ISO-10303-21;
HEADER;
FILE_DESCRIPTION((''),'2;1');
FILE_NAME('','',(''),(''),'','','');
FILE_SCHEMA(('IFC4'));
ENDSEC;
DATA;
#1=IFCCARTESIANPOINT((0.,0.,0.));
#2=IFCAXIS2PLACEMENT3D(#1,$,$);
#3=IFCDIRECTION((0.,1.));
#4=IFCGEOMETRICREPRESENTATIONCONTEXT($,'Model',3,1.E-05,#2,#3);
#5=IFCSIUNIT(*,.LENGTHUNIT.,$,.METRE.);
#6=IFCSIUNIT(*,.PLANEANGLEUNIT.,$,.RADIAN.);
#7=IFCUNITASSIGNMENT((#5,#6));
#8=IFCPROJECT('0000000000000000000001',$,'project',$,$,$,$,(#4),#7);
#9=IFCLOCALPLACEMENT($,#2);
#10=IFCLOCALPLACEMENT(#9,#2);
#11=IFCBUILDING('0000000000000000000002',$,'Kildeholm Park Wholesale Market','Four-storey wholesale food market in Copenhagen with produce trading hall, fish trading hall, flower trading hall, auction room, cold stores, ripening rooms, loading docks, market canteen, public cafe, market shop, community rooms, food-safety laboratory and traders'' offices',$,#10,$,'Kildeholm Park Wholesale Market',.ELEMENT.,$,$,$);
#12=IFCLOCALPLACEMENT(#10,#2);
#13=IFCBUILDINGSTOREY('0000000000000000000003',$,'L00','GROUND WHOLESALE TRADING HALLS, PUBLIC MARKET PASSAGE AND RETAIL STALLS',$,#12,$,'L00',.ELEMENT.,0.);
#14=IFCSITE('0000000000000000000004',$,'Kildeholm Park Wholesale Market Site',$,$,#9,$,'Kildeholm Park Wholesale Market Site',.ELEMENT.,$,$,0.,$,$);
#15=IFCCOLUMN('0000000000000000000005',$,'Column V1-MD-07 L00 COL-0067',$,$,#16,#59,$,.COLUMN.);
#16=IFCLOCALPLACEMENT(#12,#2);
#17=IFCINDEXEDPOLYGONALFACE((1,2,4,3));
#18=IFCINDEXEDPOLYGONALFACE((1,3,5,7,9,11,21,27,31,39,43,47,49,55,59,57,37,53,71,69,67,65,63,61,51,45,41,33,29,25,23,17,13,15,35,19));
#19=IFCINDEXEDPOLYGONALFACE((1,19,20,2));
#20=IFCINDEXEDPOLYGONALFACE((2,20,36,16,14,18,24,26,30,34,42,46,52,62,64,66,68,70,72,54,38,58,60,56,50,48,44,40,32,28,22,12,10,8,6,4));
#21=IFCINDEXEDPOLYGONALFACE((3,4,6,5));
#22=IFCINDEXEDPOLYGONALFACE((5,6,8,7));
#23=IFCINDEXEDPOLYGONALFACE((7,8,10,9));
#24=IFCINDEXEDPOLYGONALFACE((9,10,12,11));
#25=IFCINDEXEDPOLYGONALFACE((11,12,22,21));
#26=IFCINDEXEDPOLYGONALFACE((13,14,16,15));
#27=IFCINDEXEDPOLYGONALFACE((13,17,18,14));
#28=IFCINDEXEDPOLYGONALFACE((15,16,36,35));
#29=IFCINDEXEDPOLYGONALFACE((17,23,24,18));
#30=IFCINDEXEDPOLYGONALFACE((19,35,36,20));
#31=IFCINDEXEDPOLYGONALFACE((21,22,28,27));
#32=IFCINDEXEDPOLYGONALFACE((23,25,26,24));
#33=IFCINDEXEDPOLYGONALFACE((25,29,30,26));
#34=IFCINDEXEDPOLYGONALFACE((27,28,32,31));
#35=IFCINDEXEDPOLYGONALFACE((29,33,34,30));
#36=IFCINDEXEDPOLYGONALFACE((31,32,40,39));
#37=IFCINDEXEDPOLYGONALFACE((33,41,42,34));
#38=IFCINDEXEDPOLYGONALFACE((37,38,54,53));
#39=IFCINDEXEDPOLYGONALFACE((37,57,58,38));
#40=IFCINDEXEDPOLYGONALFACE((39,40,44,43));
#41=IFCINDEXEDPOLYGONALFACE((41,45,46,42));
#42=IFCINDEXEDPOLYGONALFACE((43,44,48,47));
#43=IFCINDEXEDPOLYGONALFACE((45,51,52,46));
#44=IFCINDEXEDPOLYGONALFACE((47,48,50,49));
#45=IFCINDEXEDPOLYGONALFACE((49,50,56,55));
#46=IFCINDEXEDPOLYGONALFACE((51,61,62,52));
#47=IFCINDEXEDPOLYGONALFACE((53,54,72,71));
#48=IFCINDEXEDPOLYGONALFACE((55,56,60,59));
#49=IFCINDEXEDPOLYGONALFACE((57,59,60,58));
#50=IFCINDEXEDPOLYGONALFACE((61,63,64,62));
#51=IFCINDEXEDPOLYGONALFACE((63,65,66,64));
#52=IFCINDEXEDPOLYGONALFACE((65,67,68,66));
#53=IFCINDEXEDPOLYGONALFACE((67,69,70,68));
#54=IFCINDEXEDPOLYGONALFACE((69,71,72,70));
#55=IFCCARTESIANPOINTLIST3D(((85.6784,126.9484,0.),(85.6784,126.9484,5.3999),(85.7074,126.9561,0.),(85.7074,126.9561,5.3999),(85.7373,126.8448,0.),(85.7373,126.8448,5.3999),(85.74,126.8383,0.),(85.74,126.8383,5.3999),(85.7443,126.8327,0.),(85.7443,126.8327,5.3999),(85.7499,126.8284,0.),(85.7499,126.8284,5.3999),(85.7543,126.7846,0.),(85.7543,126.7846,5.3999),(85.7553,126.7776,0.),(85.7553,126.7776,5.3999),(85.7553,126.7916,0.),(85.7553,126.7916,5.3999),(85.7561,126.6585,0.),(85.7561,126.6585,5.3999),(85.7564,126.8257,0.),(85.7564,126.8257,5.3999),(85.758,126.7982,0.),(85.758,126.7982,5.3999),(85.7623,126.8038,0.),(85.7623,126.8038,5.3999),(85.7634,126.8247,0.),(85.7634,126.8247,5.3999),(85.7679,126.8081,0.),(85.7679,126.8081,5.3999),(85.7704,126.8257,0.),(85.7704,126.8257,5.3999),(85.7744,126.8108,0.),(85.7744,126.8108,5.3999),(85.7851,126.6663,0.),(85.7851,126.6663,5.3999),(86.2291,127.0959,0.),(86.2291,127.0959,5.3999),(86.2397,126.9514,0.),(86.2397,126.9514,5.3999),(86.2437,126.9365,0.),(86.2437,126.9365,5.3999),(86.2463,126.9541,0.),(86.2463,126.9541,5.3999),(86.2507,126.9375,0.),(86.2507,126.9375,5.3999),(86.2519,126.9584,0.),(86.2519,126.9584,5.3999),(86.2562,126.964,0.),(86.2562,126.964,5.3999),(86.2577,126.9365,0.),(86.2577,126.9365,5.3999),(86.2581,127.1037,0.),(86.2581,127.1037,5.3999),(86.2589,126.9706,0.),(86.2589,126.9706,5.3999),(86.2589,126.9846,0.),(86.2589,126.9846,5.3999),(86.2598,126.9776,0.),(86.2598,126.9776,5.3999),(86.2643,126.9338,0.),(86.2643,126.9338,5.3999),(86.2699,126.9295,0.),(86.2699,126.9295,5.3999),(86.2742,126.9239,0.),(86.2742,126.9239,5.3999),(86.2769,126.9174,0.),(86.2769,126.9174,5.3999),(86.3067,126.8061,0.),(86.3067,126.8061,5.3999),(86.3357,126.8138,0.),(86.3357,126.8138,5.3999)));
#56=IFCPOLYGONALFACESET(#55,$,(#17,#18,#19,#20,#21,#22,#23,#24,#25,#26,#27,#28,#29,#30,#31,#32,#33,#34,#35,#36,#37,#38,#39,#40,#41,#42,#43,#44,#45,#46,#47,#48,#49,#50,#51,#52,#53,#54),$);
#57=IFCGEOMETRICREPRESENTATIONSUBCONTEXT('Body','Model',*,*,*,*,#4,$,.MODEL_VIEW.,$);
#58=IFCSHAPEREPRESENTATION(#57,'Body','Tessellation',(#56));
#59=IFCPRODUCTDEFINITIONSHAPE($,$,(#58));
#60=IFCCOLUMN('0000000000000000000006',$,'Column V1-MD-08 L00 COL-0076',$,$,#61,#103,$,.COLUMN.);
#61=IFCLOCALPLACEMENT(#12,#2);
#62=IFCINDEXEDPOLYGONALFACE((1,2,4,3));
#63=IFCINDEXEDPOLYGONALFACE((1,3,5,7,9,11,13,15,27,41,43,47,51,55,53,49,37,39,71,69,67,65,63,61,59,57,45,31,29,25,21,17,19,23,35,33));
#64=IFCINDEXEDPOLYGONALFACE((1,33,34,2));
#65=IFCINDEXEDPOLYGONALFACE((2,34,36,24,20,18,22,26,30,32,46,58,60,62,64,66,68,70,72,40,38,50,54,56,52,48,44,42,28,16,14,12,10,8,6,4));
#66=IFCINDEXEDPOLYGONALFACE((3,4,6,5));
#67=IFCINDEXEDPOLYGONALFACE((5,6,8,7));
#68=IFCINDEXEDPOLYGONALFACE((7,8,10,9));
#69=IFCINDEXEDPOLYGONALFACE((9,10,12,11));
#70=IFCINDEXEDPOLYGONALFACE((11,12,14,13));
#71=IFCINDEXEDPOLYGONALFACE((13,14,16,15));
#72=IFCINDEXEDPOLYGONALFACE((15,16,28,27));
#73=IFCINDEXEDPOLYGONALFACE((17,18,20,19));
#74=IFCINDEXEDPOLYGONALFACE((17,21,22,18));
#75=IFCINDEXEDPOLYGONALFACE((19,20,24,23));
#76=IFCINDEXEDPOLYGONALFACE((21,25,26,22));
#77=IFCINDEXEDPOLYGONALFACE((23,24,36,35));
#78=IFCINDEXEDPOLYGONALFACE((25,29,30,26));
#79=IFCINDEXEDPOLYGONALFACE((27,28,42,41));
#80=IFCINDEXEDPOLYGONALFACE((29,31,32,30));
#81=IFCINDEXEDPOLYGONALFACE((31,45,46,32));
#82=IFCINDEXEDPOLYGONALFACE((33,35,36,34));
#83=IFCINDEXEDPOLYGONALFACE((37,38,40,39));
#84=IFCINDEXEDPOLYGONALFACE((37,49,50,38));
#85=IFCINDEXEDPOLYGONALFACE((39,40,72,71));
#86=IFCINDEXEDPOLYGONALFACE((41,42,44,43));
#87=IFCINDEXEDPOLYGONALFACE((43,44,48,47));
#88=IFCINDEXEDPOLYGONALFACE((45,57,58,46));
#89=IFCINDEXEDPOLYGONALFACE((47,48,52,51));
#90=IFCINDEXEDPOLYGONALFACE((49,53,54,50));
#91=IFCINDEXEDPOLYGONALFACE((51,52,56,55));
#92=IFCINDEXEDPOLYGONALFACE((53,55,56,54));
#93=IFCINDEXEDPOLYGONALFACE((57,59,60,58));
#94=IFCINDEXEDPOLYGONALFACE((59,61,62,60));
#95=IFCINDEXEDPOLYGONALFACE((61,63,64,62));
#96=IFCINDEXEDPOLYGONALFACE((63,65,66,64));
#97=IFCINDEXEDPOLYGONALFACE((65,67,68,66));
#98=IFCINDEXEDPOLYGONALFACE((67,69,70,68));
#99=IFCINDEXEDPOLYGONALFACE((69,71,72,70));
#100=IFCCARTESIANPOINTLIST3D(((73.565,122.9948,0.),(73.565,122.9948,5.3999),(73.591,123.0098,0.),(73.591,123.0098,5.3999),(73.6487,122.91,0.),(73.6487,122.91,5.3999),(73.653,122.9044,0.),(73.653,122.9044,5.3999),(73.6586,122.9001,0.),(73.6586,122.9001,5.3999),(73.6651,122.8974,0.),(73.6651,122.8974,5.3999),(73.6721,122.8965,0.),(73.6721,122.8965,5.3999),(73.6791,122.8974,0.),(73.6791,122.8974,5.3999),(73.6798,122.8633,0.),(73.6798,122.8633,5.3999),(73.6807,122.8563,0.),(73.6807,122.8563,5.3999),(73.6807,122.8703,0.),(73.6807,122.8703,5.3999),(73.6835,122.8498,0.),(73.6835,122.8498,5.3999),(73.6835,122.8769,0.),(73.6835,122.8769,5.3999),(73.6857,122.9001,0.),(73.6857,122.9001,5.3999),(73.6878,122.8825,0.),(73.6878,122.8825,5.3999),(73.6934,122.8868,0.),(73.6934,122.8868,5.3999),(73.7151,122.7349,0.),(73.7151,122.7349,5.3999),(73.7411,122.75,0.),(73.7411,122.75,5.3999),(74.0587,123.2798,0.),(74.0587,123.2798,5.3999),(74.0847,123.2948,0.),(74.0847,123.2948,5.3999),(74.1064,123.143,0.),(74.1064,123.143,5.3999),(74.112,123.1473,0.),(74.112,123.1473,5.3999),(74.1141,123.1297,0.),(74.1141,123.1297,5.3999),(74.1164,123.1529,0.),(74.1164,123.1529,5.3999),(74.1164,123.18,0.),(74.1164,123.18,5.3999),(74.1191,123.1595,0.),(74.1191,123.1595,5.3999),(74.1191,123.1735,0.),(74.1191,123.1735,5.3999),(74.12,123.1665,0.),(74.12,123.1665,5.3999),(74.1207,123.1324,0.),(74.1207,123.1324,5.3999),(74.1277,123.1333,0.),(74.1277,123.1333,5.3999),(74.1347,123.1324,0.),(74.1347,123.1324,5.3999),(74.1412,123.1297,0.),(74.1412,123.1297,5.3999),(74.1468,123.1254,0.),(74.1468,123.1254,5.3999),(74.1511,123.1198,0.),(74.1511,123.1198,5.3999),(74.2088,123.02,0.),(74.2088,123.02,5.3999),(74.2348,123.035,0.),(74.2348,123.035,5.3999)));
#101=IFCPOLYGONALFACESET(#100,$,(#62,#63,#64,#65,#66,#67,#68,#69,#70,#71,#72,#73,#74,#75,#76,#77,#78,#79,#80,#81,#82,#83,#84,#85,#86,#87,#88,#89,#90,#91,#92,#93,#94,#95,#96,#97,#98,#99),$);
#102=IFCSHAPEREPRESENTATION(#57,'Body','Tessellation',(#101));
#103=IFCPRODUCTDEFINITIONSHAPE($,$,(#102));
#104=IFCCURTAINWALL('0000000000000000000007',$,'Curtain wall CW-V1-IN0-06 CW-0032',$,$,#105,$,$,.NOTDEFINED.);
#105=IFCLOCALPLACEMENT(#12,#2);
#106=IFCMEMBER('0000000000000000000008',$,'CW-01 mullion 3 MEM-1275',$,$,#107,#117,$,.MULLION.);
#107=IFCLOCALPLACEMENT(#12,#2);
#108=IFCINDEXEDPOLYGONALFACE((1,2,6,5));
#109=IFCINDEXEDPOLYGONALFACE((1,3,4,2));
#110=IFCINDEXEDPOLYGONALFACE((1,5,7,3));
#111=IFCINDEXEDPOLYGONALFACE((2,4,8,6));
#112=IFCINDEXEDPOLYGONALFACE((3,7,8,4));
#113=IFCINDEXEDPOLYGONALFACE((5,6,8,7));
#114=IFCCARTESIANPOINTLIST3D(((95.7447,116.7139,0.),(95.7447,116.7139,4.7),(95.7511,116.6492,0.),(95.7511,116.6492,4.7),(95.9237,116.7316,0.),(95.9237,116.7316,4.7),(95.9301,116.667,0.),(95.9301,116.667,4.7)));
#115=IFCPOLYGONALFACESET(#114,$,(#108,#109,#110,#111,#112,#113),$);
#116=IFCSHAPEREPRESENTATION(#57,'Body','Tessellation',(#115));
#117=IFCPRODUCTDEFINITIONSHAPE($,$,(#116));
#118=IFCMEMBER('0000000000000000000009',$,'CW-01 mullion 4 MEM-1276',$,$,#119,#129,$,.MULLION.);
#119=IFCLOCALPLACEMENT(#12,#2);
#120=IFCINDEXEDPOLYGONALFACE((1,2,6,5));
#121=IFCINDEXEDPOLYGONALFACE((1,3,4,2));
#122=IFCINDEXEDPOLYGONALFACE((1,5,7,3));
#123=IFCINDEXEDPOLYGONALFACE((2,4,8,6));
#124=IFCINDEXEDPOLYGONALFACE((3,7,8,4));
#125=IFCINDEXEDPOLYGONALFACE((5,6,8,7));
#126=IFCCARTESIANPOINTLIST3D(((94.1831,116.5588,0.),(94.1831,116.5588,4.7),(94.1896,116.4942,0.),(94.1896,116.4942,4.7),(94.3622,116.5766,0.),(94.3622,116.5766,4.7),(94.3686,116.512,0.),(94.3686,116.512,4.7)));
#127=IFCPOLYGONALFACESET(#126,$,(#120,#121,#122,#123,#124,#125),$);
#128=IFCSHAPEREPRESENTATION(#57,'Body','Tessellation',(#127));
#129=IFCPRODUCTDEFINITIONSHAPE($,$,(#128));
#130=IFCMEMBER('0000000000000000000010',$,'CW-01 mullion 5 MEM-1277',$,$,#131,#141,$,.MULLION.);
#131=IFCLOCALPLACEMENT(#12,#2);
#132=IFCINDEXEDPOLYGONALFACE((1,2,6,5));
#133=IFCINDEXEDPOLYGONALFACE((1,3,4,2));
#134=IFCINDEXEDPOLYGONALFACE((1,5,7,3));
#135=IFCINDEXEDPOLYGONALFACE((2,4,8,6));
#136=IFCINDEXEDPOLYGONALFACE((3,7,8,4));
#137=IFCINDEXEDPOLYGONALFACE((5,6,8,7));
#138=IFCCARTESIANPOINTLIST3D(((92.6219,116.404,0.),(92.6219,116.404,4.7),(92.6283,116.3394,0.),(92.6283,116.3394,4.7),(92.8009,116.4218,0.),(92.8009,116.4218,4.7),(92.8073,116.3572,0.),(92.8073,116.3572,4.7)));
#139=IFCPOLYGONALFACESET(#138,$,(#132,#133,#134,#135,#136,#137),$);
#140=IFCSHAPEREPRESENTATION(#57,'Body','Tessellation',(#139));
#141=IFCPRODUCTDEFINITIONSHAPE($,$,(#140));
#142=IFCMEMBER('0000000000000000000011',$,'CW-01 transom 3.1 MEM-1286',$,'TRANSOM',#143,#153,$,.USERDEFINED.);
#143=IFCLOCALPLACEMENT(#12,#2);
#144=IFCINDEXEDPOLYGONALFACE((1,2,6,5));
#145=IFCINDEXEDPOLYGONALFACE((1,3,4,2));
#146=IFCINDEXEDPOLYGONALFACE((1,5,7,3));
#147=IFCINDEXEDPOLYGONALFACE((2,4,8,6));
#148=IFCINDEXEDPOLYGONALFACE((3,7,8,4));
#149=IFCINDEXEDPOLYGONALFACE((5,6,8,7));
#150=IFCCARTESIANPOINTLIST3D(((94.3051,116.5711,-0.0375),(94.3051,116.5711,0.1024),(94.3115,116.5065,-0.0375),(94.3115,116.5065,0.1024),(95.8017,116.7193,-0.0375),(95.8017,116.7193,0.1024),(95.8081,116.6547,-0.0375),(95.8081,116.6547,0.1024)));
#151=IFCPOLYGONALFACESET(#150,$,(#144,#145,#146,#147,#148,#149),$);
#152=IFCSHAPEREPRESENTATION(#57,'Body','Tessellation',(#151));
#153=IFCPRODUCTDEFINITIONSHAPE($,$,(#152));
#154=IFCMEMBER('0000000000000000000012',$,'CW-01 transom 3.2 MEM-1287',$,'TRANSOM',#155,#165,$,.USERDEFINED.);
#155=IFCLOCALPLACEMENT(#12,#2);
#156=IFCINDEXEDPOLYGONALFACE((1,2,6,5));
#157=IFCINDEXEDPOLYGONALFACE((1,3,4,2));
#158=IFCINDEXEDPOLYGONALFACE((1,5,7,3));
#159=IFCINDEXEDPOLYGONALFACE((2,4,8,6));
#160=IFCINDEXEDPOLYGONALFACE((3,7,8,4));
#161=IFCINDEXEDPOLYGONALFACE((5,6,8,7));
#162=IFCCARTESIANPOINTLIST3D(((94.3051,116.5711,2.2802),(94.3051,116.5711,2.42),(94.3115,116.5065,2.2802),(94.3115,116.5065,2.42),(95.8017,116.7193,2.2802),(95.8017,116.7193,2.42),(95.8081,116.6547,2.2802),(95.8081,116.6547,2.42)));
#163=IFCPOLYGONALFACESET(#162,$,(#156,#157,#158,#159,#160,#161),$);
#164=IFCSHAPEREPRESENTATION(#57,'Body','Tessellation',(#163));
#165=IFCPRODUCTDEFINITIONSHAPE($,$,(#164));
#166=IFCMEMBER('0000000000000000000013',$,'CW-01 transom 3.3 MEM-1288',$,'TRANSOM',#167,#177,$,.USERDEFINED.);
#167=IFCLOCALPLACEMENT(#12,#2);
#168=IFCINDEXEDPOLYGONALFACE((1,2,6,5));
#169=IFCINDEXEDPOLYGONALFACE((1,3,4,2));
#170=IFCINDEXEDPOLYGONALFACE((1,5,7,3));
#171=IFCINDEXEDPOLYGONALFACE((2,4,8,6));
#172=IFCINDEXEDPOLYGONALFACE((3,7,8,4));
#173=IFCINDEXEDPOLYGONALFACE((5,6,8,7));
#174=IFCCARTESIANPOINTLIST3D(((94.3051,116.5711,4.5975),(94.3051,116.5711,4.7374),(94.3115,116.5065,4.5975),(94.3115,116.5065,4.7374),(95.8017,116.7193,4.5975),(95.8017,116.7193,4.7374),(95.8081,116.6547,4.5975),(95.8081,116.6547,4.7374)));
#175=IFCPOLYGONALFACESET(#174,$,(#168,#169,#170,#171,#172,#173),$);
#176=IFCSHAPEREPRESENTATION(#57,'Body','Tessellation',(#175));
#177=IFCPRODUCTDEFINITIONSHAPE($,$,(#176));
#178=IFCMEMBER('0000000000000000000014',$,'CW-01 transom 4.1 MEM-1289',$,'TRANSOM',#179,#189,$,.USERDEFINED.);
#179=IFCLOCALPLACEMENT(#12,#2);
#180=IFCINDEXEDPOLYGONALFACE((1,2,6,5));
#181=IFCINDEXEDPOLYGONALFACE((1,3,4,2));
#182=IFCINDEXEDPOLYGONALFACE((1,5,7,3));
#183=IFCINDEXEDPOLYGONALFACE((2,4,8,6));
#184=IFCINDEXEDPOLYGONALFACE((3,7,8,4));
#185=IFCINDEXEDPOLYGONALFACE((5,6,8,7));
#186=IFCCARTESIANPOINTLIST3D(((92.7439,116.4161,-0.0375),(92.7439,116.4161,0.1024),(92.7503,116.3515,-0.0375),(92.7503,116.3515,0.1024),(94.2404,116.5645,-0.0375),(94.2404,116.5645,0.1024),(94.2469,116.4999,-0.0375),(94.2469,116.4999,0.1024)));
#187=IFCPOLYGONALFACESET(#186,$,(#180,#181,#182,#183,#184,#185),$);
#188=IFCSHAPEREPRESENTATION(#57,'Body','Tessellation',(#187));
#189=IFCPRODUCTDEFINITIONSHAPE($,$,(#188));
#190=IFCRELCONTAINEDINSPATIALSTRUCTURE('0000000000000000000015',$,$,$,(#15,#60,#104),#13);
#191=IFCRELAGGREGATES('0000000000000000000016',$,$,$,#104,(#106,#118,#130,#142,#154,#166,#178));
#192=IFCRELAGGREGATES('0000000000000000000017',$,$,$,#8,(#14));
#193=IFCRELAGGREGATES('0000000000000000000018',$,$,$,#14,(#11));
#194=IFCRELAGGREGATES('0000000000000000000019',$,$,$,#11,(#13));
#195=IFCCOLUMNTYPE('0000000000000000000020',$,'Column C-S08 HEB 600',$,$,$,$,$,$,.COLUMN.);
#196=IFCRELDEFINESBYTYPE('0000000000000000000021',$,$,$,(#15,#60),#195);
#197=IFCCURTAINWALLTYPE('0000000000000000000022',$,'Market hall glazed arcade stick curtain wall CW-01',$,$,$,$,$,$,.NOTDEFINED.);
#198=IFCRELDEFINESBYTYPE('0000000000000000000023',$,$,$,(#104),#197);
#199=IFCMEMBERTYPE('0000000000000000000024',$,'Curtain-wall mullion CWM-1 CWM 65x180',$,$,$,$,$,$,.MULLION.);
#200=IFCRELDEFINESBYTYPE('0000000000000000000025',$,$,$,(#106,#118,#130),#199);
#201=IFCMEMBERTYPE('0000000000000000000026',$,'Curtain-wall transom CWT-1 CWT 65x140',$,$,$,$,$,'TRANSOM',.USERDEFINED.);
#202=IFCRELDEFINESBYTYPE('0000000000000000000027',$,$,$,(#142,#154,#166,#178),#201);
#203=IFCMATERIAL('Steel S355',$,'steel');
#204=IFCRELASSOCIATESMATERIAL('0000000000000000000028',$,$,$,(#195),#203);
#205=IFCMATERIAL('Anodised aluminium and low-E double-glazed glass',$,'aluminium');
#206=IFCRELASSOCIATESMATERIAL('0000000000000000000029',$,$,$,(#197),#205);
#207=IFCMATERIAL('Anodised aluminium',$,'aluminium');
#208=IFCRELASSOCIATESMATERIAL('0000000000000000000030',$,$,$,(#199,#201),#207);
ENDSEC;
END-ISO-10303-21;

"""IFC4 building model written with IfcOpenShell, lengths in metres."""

from ifc_helpers import new_model, si_unit, direction, frame, origin, origin_2d, place, context, subcontext, project, spatial, rectangle, i_section, extrude, material, material_profile, profile_set, type_object, element, aggregate, save


model = new_model("IFC4")

# Units and contexts
model_context = context("Model", 3, precision=1e-05, world=origin(), true_north=direction((0.0, 1.0)))
body_context = subcontext(model_context, "Body", "Model", "MODEL_VIEW")
ifc_project = project(units=[si_unit("LENGTHUNIT", "METRE"), si_unit("PLANEANGLEUNIT", "RADIAN")], contexts=[model_context])

# Site, building, storey
site_placement = place(None, origin())
site = spatial("IfcSite", under=ifc_project, at=site_placement, Name="Kildeholm Park Wholesale Market Site", LongName="Kildeholm Park Wholesale Market Site", CompositionType="ELEMENT", RefElevation=0.0)
building_placement = place(site_placement, origin())
building = spatial("IfcBuilding", under=site, at=building_placement, Name="Kildeholm Park Wholesale Market", Description="Four-storey wholesale food market in Copenhagen with produce trading hall, fish trading hall, flower trading hall, auction room, cold stores, ripening rooms, loading docks, market canteen, public cafe, market shop, community rooms, food-safety laboratory and traders' offices", LongName="Kildeholm Park Wholesale Market", CompositionType="ELEMENT")
storey_placement = place(building_placement, origin())
storey = spatial("IfcBuildingStorey", under=building, at=storey_placement, Name="L00", Description="GROUND WHOLESALE TRADING HALLS, PUBLIC MARKET PASSAGE AND RETAIL STALLS", LongName="L00", CompositionType="ELEMENT", Elevation=0.0)

# Columns
ifc_material_1 = material(Name="Steel S355", Category="steel")
ifc_material_profile_1 = material_profile(ifc_material_1, i_section(OverallWidth=0.3, OverallDepth=0.6001, WebThickness=0.0154, FlangeThickness=0.03, FilletRadius=0.0271, at=origin_2d()), Name="HEB 600")
ifc_profile_set_1 = profile_set([ifc_material_profile_1], Name="Steel S355")
column_type = type_object("IfcColumnType", Name="Column C-S08 HEB 600", PredefinedType="COLUMN", material=ifc_profile_set_1)
for number, where, z_axis, x_axis, name in (
    (1, (86.0071, 126.8811, 0.0), (0.0, 0.0, 1.0), (-0.258819, 0.965926, 0.0), "Column V1-MD-07 L00 COL-0067"),
    (2, (73.8999, 123.0149, 0.0), (0.0, 0.0, 1.0), (-0.5, 0.866025, 0.0), "Column V1-MD-08 L00 COL-0076"),
):
    element("IfcColumn", number, at=place(storey_placement, frame(where, z_axis=z_axis, x_axis=x_axis)), inside=storey, type_object=column_type, Name=name, PredefinedType="COLUMN", context=body_context, shape_type="SweptSolid", body=[
        extrude(i_section(OverallWidth=0.3, OverallDepth=0.6001, WebThickness=0.0154, FlangeThickness=0.03, FilletRadius=0.0271, at=origin_2d()), origin(), (0.0, 0.0, 1.0), 5.3999),
    ])

# Curtain wall, members
ifc_material_2 = material(Name="Anodised aluminium and low-E double-glazed glass", Category="aluminium")
curtain_wall_type = type_object("IfcCurtainWallType", Name="Market hall glazed arcade stick curtain wall CW-01", PredefinedType="NOTDEFINED", material=ifc_material_2)
curtain_wall_placement = place(storey_placement, origin())
curtain_wall = element("IfcCurtainWall", 3, at=curtain_wall_placement, inside=storey, type_object=curtain_wall_type, Name="Curtain wall CW-V1-IN0-06 CW-0032", PredefinedType="NOTDEFINED")
ifc_material_3 = material(Name="Anodised aluminium", Category="aluminium")
ifc_material_profile_2 = material_profile(ifc_material_3, rectangle(XDim=0.0649, YDim=0.1799, at=origin_2d()), Name="CWM 65x180")
ifc_profile_set_2 = profile_set([ifc_material_profile_2], Name="Anodised aluminium")
member_type_1 = type_object("IfcMemberType", Name="Curtain-wall mullion CWM-1 CWM 65x180", PredefinedType="MULLION", material=ifc_profile_set_2)
member_1_placement = place(storey_placement, frame((95.8374, 116.6904, 0.0), z_axis=(0.0, 0.0, 1.0), x_axis=(0.098683, -0.995119, 0.0)))
member_1 = element("IfcMember", 4, at=member_1_placement, type_object=member_type_1, Name="CW-01 mullion 3 MEM-1275", PredefinedType="MULLION", context=body_context, shape_type="SweptSolid", body=[
    extrude(rectangle(XDim=0.0649, YDim=0.1799, at=origin_2d()), origin(), (0.0, 0.0, 1.0), 4.7),
])
member_2_placement = place(storey_placement, frame((94.2759, 116.5354, 0.0), z_axis=(0.0, 0.0, 1.0), x_axis=(0.098683, -0.995119, 0.0)))
member_2 = element("IfcMember", 5, at=member_2_placement, type_object=member_type_1, Name="CW-01 mullion 4 MEM-1276", PredefinedType="MULLION", context=body_context, shape_type="SweptSolid", body=[
    extrude(rectangle(XDim=0.0649, YDim=0.1799, at=origin_2d()), origin(), (0.0, 0.0, 1.0), 4.7),
])
member_3_placement = place(storey_placement, frame((92.7146, 116.3806, 0.0), z_axis=(0.0, 0.0, 1.0), x_axis=(0.098683, -0.995119, 0.0)))
member_3 = element("IfcMember", 6, at=member_3_placement, type_object=member_type_1, Name="CW-01 mullion 5 MEM-1277", PredefinedType="MULLION", context=body_context, shape_type="SweptSolid", body=[
    extrude(rectangle(XDim=0.0649, YDim=0.1799, at=origin_2d()), origin(), (0.0, 0.0, 1.0), 4.7),
])
ifc_material_profile_3 = material_profile(ifc_material_3, rectangle(XDim=0.0649, YDim=0.1399, at=origin_2d()), Name="CWT 65x140")
ifc_profile_set_3 = profile_set([ifc_material_profile_3], Name="Anodised aluminium")
member_type_2 = type_object("IfcMemberType", Name="Curtain-wall transom CWT-1 CWT 65x140", ElementType="TRANSOM", PredefinedType="USERDEFINED", material=ifc_profile_set_3)
member_4_placement = place(storey_placement, frame((95.8049, 116.687, 0.0325), z_axis=(-0.995133, -0.098539, 0.0), x_axis=(0.098539, -0.995133, 0.0)))
member_4 = element("IfcMember", 7, at=member_4_placement, type_object=member_type_2, Name="CW-01 transom 3.1 MEM-1286", ObjectType="TRANSOM", PredefinedType="USERDEFINED", context=body_context, shape_type="SweptSolid", body=[
    extrude(rectangle(XDim=0.0649, YDim=0.1399, at=origin_2d()), origin(), (0.0, 0.0, 1.0), 1.5039),
])
member_5_placement = place(storey_placement, frame((95.8049, 116.687, 2.3501), z_axis=(-0.995133, -0.098539, 0.0), x_axis=(0.098539, -0.995133, 0.0)))
member_5 = element("IfcMember", 8, at=member_5_placement, type_object=member_type_2, Name="CW-01 transom 3.2 MEM-1287", ObjectType="TRANSOM", PredefinedType="USERDEFINED", context=body_context, shape_type="SweptSolid", body=[
    extrude(rectangle(XDim=0.0649, YDim=0.1399, at=origin_2d()), origin(), (0.0, 0.0, 1.0), 1.5039),
])
member_6_placement = place(storey_placement, frame((95.8049, 116.687, 4.6675), z_axis=(-0.995133, -0.098539, 0.0), x_axis=(0.098539, -0.995133, 0.0)))
member_6 = element("IfcMember", 9, at=member_6_placement, type_object=member_type_2, Name="CW-01 transom 3.3 MEM-1288", ObjectType="TRANSOM", PredefinedType="USERDEFINED", context=body_context, shape_type="SweptSolid", body=[
    extrude(rectangle(XDim=0.0649, YDim=0.1399, at=origin_2d()), origin(), (0.0, 0.0, 1.0), 1.5039),
])
member_7_placement = place(storey_placement, frame((94.2437, 116.5322, 0.0325), z_axis=(-0.995117, -0.0987, 0.0), x_axis=(0.0987, -0.995117, 0.0)))
member_7 = element("IfcMember", 10, at=member_7_placement, type_object=member_type_2, Name="CW-01 transom 4.1 MEM-1289", ObjectType="TRANSOM", PredefinedType="USERDEFINED", context=body_context, shape_type="SweptSolid", body=[
    extrude(rectangle(XDim=0.0649, YDim=0.1399, at=origin_2d()), origin(), (0.0, 0.0, 1.0), 1.5039),
])
aggregate(curtain_wall, [member_1, member_2, member_3, member_4, member_5, member_6, member_7])

save(model, "model.ifc")
